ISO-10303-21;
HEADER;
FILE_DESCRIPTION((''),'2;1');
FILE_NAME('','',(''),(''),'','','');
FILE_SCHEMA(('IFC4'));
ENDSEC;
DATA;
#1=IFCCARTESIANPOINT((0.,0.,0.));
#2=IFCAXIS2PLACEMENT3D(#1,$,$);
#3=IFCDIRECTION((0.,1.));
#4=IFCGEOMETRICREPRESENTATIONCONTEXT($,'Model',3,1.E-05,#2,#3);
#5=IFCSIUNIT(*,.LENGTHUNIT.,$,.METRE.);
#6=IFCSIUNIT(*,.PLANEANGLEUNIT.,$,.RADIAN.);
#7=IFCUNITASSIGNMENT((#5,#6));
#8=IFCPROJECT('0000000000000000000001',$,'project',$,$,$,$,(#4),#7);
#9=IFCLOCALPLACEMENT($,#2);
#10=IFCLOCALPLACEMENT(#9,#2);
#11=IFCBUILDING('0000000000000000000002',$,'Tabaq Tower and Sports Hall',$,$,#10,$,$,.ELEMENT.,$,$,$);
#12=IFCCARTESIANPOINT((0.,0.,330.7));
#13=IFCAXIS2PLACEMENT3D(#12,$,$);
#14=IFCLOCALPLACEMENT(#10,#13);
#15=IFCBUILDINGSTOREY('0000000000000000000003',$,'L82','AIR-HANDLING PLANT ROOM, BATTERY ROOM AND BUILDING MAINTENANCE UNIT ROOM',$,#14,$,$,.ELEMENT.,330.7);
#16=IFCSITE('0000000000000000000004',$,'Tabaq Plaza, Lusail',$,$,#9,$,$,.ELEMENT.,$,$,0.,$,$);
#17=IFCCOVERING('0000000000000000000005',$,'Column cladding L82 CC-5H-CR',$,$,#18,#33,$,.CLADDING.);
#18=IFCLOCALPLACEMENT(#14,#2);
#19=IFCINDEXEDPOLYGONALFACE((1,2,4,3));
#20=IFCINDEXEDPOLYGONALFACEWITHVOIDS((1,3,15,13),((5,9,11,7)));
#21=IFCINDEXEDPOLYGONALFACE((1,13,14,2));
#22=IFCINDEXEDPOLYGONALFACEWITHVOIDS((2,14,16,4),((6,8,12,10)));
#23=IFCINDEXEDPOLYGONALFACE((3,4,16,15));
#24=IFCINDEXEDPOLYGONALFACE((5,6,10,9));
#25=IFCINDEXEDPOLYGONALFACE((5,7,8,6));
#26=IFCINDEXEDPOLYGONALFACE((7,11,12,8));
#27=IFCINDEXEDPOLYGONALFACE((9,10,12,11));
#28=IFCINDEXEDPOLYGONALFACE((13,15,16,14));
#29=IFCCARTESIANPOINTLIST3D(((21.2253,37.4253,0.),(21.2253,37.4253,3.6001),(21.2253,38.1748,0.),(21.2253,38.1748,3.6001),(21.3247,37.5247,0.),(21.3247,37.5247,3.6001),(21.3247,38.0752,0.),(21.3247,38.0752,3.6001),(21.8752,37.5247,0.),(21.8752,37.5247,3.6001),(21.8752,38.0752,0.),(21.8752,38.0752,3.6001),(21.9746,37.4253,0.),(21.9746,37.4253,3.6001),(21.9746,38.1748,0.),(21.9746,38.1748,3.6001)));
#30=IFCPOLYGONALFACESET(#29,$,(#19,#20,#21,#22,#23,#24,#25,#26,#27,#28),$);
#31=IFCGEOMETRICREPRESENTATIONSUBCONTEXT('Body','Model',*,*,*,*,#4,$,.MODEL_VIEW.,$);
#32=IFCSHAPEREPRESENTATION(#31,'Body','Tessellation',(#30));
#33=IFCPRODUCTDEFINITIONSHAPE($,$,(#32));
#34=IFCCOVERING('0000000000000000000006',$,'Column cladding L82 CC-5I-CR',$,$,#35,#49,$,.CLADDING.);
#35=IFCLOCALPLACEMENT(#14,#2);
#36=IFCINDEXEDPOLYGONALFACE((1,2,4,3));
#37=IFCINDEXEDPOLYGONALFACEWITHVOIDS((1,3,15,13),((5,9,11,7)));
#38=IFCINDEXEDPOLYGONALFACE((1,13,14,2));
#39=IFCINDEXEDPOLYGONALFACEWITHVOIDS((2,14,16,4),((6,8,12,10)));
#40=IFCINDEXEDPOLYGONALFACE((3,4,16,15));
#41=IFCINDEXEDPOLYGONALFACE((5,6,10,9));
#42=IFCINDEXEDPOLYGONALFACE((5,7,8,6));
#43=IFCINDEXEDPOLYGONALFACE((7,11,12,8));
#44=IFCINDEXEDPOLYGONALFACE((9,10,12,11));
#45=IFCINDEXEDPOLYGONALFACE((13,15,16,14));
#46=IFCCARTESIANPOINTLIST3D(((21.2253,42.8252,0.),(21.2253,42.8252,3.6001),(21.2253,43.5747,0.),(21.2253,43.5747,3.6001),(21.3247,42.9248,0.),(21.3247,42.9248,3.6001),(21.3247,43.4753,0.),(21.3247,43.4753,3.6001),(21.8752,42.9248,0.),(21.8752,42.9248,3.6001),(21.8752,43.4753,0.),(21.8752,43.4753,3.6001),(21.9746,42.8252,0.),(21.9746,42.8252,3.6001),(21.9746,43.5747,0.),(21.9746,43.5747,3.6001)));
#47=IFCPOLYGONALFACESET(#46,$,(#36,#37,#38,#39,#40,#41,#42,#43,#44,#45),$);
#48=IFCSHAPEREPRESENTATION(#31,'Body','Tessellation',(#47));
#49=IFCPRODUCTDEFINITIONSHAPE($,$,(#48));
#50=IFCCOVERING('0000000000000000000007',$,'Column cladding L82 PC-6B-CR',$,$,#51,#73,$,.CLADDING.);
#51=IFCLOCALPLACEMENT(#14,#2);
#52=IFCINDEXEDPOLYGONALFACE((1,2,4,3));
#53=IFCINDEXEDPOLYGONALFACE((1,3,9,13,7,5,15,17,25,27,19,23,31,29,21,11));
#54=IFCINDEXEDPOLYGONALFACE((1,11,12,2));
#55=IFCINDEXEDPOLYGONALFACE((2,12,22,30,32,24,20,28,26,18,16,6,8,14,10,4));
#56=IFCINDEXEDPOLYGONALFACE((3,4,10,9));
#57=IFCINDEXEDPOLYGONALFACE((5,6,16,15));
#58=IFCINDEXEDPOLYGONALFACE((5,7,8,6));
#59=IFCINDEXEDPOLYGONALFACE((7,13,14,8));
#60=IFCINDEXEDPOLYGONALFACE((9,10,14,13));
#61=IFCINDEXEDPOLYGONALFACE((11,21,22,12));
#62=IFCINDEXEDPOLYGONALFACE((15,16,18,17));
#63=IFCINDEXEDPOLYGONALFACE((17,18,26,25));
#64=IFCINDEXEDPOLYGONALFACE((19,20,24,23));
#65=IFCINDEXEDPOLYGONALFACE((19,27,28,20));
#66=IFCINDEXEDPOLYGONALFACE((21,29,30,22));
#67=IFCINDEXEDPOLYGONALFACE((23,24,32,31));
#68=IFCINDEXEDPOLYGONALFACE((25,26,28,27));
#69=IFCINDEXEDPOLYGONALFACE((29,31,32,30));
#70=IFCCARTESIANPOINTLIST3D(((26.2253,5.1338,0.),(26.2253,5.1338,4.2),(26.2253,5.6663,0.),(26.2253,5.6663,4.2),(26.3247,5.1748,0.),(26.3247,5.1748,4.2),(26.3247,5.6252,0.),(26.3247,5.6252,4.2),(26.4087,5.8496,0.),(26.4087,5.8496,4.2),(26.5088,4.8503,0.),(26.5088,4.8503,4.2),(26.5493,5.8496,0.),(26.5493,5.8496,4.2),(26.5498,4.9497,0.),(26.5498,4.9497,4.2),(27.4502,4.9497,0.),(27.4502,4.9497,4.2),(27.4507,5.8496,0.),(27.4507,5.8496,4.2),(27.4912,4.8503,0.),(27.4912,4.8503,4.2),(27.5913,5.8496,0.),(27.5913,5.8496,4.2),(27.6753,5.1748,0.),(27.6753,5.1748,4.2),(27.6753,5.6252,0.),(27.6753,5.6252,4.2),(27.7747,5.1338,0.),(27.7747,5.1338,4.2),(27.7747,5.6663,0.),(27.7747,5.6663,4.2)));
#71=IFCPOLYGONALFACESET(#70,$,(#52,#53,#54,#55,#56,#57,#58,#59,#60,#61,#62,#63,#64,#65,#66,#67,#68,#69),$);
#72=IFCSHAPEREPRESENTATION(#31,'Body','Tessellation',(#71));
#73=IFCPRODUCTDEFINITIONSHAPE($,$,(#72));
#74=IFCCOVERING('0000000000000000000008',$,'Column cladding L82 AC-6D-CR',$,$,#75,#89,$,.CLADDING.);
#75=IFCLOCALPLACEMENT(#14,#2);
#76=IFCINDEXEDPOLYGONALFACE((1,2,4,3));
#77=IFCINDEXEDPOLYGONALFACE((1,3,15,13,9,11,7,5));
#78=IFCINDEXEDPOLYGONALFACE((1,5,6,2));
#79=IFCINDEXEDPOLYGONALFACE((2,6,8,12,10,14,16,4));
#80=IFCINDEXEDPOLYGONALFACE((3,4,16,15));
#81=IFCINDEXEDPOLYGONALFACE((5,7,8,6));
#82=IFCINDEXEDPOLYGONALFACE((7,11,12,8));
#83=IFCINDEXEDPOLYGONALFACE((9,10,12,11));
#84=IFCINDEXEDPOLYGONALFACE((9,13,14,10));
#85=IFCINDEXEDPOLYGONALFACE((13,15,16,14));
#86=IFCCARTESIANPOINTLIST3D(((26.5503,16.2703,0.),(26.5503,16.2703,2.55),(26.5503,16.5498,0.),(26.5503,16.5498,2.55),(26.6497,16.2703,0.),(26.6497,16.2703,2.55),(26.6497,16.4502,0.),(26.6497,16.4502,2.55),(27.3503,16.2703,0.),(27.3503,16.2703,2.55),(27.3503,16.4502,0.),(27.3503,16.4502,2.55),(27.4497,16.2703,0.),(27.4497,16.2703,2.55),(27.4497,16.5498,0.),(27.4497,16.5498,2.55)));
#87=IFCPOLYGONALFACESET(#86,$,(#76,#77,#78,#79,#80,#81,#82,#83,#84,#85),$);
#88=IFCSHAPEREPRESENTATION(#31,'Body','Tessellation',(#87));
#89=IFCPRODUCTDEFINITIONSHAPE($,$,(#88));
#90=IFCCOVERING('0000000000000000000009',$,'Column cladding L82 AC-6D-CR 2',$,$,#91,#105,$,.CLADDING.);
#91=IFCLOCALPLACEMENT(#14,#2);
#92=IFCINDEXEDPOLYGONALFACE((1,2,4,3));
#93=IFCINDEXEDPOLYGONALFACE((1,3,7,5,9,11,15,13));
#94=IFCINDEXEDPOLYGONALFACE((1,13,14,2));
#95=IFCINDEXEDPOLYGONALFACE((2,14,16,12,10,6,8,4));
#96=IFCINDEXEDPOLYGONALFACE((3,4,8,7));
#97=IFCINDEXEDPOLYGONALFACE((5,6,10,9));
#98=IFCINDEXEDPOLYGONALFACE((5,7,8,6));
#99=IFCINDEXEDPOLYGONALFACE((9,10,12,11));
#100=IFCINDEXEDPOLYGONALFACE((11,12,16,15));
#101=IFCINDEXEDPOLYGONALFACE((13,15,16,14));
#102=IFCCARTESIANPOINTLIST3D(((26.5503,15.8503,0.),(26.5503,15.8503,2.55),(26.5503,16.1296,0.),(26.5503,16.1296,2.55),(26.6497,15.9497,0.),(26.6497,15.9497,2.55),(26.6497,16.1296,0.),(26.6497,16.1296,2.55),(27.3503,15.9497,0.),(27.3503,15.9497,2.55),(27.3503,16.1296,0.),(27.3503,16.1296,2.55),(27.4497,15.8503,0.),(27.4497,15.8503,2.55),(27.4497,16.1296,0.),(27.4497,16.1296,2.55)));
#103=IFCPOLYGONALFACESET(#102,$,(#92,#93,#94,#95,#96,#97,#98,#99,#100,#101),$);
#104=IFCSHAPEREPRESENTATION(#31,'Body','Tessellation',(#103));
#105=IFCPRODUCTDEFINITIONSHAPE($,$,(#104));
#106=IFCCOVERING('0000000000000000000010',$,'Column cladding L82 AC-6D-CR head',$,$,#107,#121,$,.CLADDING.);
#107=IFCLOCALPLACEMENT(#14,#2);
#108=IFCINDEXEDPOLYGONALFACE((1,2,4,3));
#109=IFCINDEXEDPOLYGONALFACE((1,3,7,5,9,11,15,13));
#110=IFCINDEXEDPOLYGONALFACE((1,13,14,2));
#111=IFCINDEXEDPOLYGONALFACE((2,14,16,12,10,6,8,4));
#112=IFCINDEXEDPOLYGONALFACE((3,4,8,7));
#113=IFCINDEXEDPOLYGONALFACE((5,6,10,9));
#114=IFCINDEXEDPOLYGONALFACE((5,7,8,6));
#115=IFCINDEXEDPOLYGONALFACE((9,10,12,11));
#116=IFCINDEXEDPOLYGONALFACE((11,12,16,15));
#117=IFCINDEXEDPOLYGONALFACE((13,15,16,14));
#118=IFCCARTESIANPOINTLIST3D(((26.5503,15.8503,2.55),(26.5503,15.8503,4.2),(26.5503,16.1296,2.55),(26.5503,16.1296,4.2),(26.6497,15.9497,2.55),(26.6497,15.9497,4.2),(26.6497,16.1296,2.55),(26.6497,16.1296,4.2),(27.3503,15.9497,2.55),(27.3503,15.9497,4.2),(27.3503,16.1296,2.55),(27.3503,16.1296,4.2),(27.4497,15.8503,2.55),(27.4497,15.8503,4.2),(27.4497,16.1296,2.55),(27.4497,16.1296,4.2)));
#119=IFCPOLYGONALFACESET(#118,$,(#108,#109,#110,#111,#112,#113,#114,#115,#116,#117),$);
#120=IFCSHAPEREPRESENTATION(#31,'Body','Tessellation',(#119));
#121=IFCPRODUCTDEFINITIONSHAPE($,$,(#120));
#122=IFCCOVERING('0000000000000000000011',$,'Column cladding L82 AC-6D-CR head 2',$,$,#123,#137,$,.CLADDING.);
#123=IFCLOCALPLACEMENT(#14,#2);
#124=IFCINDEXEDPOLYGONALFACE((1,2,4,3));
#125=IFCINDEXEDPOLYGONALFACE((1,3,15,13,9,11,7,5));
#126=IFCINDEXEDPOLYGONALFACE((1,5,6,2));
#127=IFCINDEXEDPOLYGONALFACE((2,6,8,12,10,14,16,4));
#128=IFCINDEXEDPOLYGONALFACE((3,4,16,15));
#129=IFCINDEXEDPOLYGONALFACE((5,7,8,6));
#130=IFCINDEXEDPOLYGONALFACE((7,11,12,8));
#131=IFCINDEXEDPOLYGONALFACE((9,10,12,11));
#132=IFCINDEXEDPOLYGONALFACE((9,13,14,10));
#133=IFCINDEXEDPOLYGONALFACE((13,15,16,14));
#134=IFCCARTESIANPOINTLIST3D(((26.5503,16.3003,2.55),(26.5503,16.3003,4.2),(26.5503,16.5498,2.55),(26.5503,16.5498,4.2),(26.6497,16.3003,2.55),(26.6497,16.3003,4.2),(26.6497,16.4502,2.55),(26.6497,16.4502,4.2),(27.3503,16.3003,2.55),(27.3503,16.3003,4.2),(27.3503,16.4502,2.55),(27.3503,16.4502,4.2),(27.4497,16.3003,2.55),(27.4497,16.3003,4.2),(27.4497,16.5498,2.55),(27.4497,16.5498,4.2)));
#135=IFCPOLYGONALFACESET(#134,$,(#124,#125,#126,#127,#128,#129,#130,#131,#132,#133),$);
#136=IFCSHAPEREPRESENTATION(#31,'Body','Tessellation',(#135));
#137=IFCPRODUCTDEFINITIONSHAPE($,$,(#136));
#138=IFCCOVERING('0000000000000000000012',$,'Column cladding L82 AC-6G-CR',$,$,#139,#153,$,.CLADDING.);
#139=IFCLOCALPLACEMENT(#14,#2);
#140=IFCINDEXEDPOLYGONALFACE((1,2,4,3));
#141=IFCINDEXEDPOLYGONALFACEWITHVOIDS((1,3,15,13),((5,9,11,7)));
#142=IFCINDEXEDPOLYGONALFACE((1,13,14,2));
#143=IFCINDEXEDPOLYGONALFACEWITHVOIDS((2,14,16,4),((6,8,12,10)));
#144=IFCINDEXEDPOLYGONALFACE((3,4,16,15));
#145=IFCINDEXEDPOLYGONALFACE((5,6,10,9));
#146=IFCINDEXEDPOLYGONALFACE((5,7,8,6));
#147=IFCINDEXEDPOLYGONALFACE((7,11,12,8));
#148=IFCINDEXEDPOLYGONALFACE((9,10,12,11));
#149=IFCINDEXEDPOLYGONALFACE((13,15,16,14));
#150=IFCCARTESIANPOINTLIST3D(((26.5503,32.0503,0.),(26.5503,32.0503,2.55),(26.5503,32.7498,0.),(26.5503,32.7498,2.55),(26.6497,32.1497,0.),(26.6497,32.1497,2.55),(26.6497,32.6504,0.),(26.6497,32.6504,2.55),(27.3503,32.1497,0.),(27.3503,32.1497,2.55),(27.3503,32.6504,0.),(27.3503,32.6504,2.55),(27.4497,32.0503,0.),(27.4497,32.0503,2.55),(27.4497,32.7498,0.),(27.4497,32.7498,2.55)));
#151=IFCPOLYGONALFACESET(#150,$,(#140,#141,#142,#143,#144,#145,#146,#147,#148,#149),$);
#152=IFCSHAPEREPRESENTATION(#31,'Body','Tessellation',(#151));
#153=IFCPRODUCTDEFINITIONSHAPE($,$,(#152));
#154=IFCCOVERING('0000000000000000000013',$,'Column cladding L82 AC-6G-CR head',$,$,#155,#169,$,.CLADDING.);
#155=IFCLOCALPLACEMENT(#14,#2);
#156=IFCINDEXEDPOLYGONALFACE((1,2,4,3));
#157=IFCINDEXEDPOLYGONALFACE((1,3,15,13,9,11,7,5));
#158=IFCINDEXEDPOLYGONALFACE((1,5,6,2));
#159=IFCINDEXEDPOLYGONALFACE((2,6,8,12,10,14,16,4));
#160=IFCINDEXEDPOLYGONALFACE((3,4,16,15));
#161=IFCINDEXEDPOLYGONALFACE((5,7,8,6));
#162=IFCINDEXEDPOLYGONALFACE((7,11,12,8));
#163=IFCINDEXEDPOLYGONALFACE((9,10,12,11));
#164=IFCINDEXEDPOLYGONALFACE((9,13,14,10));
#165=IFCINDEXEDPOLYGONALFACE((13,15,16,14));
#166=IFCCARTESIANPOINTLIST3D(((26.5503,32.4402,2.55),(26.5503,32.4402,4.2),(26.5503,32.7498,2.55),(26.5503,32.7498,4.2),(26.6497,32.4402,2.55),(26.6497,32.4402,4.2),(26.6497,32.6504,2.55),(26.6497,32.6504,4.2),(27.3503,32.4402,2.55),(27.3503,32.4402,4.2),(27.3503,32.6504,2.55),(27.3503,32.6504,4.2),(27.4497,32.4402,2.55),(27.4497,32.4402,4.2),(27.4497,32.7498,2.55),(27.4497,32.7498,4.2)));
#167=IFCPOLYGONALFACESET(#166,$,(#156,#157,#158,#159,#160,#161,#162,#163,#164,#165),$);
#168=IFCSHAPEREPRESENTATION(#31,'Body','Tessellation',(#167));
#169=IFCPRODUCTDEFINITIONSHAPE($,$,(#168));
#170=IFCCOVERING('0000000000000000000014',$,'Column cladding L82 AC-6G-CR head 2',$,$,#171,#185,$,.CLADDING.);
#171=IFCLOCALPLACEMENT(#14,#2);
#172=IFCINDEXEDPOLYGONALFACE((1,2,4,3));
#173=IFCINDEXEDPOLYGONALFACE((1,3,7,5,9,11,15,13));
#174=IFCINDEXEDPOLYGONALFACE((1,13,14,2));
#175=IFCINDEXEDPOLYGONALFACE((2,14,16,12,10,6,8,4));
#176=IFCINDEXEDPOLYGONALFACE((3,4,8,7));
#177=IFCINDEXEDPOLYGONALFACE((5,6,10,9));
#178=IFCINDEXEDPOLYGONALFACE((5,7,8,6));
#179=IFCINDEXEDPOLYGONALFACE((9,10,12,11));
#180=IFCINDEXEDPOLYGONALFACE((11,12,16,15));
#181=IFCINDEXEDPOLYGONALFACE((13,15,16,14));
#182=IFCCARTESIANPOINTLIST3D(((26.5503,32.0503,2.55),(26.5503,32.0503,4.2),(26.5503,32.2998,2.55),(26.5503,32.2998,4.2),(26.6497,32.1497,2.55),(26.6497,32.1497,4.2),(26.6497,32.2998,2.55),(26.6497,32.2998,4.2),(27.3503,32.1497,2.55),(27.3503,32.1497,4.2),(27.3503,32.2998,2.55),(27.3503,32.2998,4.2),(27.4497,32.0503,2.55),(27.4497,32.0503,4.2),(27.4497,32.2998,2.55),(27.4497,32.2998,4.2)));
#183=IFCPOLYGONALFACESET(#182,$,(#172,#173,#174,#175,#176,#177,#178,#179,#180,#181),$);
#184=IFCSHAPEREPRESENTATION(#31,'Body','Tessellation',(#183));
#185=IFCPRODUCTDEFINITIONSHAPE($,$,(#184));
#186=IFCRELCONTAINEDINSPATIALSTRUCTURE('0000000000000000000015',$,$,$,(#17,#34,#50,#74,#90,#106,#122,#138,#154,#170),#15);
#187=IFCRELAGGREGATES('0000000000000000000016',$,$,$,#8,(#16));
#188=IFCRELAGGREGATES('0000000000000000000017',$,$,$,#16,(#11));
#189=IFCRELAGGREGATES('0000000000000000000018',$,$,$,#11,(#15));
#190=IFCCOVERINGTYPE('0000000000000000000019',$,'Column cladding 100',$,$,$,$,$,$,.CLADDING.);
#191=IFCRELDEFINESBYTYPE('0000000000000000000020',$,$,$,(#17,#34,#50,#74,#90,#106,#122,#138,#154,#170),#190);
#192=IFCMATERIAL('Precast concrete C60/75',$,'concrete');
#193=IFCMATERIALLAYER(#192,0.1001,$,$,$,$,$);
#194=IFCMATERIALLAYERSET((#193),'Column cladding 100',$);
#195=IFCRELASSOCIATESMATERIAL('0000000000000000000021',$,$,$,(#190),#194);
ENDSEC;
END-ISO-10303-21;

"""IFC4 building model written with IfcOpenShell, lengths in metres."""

from ifc_helpers import new_model, si_unit, direction, frame, origin, place, context, subcontext, project, spatial, polyline, outline, extrude, material, layer, layer_set, type_object, element, save


model = new_model("IFC4")

# Units and contexts
model_context = context("Model", 3, precision=1e-05, world=origin(), true_north=direction((0.0, 1.0)))
body_context = subcontext(model_context, "Body", "Model", "MODEL_VIEW")
ifc_project = project(units=[si_unit("LENGTHUNIT", "METRE"), si_unit("PLANEANGLEUNIT", "RADIAN")], contexts=[model_context])

# Site, building, storey
site_placement = place(None, origin())
site = spatial("IfcSite", under=ifc_project, at=site_placement, Name="Tabaq Plaza, Lusail", CompositionType="ELEMENT", RefElevation=0.0)
building_placement = place(site_placement, origin())
building = spatial("IfcBuilding", under=site, at=building_placement, Name="Tabaq Tower and Sports Hall", CompositionType="ELEMENT")
storey_placement = place(building_placement, frame((0.0, 0.0, 330.7)))
storey = spatial("IfcBuildingStorey", under=building, at=storey_placement, Name="L82", Description="AIR-HANDLING PLANT ROOM, BATTERY ROOM AND BUILDING MAINTENANCE UNIT ROOM", CompositionType="ELEMENT", Elevation=330.7)

# Coverings
ifc_material_1 = material(Name="Precast concrete C60/75", Category="concrete")
ifc_layer_1 = layer(ifc_material_1, 0.1001)
ifc_layer_set_1 = layer_set([ifc_layer_1], Name="Column cladding 100")
covering_type = type_object("IfcCoveringType", Name="Column cladding 100", PredefinedType="CLADDING", material=ifc_layer_set_1)
covering_1_placement = place(storey_placement, origin())
element("IfcCovering", 1, at=covering_1_placement, inside=storey, type_object=covering_type, Name="Column cladding L82 CC-5H-CR", PredefinedType="CLADDING", context=body_context, shape_type="SweptSolid", body=[
    extrude(outline(polyline([(21.2253, 38.1748), (21.9746, 38.1748), (21.9746, 37.4253), (21.2253, 37.4253), (21.2253, 38.1748)]), holes=[polyline([(21.8752, 37.5247), (21.8752, 38.0752), (21.3247, 38.0752), (21.3247, 37.5247), (21.8752, 37.5247)])]), origin(), (0.0, 0.0, 1.0), 3.6001),
])
covering_2_placement = place(storey_placement, origin())
element("IfcCovering", 2, at=covering_2_placement, inside=storey, type_object=covering_type, Name="Column cladding L82 CC-5I-CR", PredefinedType="CLADDING", context=body_context, shape_type="SweptSolid", body=[
    extrude(outline(polyline([(21.2253, 43.5747), (21.9746, 43.5747), (21.9746, 42.8252), (21.2253, 42.8252), (21.2253, 43.5747)]), holes=[polyline([(21.8752, 42.9248), (21.8752, 43.4753), (21.3247, 43.4753), (21.3247, 42.9248), (21.8752, 42.9248)])]), origin(), (0.0, 0.0, 1.0), 3.6001),
])
covering_3_placement = place(storey_placement, origin())
element("IfcCovering", 3, at=covering_3_placement, inside=storey, type_object=covering_type, Name="Column cladding L82 PC-6B-CR", PredefinedType="CLADDING", context=body_context, shape_type="SweptSolid", body=[
    extrude(outline(polyline([(26.2253, 5.6663), (26.4087, 5.8496), (26.5493, 5.8496), (26.3247, 5.6252), (26.3247, 5.1748), (26.5498, 4.9497), (27.4502, 4.9497), (27.6753, 5.1748), (27.6753, 5.6252), (27.4507, 5.8496), (27.5913, 5.8496), (27.7747, 5.6663), (27.7747, 5.1338), (27.4912, 4.8503), (26.5088, 4.8503), (26.2253, 5.1338), (26.2253, 5.6663)])), origin(), (0.0, 0.0, 1.0), 4.2),
])
covering_4_placement = place(storey_placement, origin())
element("IfcCovering", 4, at=covering_4_placement, inside=storey, type_object=covering_type, Name="Column cladding L82 AC-6D-CR", PredefinedType="CLADDING", context=body_context, shape_type="SweptSolid", body=[
    extrude(outline(polyline([(27.4497, 16.5498), (27.4497, 16.2703), (27.3503, 16.2703), (27.3503, 16.4502), (26.6497, 16.4502), (26.6497, 16.2703), (26.5503, 16.2703), (26.5503, 16.5498), (27.4497, 16.5498)])), origin(), (0.0, 0.0, 1.0), 2.55),
])
covering_5_placement = place(storey_placement, origin())
element("IfcCovering", 5, at=covering_5_placement, inside=storey, type_object=covering_type, Name="Column cladding L82 AC-6D-CR 2", PredefinedType="CLADDING", context=body_context, shape_type="SweptSolid", body=[
    extrude(outline(polyline([(27.4497, 15.8503), (26.5503, 15.8503), (26.5503, 16.1296), (26.6497, 16.1296), (26.6497, 15.9497), (27.3503, 15.9497), (27.3503, 16.1296), (27.4497, 16.1296), (27.4497, 15.8503)])), origin(), (0.0, 0.0, 1.0), 2.55),
])
covering_6_placement = place(storey_placement, frame((0.0, 0.0, 2.55)))
element("IfcCovering", 6, at=covering_6_placement, inside=storey, type_object=covering_type, Name="Column cladding L82 AC-6D-CR head", PredefinedType="CLADDING", context=body_context, shape_type="SweptSolid", body=[
    extrude(outline(polyline([(26.5503, 15.8503), (26.5503, 16.1296), (26.6497, 16.1296), (26.6497, 15.9497), (27.3503, 15.9497), (27.3503, 16.1296), (27.4497, 16.1296), (27.4497, 15.8503), (26.5503, 15.8503)])), origin(), (0.0, 0.0, 1.0), 1.6499),
])
covering_7_placement = place(storey_placement, frame((0.0, 0.0, 2.55)))
element("IfcCovering", 7, at=covering_7_placement, inside=storey, type_object=covering_type, Name="Column cladding L82 AC-6D-CR head 2", PredefinedType="CLADDING", context=body_context, shape_type="SweptSolid", body=[
    extrude(outline(polyline([(27.4497, 16.3003), (27.3503, 16.3003), (27.3503, 16.4502), (26.6497, 16.4502), (26.6497, 16.3003), (26.5503, 16.3003), (26.5503, 16.5498), (27.4497, 16.5498), (27.4497, 16.3003)])), origin(), (0.0, 0.0, 1.0), 1.6499),
])
covering_8_placement = place(storey_placement, origin())
element("IfcCovering", 8, at=covering_8_placement, inside=storey, type_object=covering_type, Name="Column cladding L82 AC-6G-CR", PredefinedType="CLADDING", context=body_context, shape_type="SweptSolid", body=[
    extrude(outline(polyline([(26.5503, 32.7498), (27.4497, 32.7498), (27.4497, 32.0503), (26.5503, 32.0503), (26.5503, 32.7498)]), holes=[polyline([(27.3503, 32.1497), (27.3503, 32.6504), (26.6497, 32.6504), (26.6497, 32.1497), (27.3503, 32.1497)])]), origin(), (0.0, 0.0, 1.0), 2.55),
])
covering_9_placement = place(storey_placement, frame((0.0, 0.0, 2.55)))
element("IfcCovering", 9, at=covering_9_placement, inside=storey, type_object=covering_type, Name="Column cladding L82 AC-6G-CR head", PredefinedType="CLADDING", context=body_context, shape_type="SweptSolid", body=[
    extrude(outline(polyline([(27.4497, 32.7498), (27.4497, 32.4402), (27.3503, 32.4402), (27.3503, 32.6504), (26.6497, 32.6504), (26.6497, 32.4402), (26.5503, 32.4402), (26.5503, 32.7498), (27.4497, 32.7498)])), origin(), (0.0, 0.0, 1.0), 1.6499),
])
covering_10_placement = place(storey_placement, frame((0.0, 0.0, 2.55)))
element("IfcCovering", 10, at=covering_10_placement, inside=storey, type_object=covering_type, Name="Column cladding L82 AC-6G-CR head 2", PredefinedType="CLADDING", context=body_context, shape_type="SweptSolid", body=[
    extrude(outline(polyline([(27.4497, 32.0503), (26.5503, 32.0503), (26.5503, 32.2998), (26.6497, 32.2998), (26.6497, 32.1497), (27.3503, 32.1497), (27.3503, 32.2998), (27.4497, 32.2998), (27.4497, 32.0503)])), origin(), (0.0, 0.0, 1.0), 1.6499),
])

save(model, "model.ifc")
